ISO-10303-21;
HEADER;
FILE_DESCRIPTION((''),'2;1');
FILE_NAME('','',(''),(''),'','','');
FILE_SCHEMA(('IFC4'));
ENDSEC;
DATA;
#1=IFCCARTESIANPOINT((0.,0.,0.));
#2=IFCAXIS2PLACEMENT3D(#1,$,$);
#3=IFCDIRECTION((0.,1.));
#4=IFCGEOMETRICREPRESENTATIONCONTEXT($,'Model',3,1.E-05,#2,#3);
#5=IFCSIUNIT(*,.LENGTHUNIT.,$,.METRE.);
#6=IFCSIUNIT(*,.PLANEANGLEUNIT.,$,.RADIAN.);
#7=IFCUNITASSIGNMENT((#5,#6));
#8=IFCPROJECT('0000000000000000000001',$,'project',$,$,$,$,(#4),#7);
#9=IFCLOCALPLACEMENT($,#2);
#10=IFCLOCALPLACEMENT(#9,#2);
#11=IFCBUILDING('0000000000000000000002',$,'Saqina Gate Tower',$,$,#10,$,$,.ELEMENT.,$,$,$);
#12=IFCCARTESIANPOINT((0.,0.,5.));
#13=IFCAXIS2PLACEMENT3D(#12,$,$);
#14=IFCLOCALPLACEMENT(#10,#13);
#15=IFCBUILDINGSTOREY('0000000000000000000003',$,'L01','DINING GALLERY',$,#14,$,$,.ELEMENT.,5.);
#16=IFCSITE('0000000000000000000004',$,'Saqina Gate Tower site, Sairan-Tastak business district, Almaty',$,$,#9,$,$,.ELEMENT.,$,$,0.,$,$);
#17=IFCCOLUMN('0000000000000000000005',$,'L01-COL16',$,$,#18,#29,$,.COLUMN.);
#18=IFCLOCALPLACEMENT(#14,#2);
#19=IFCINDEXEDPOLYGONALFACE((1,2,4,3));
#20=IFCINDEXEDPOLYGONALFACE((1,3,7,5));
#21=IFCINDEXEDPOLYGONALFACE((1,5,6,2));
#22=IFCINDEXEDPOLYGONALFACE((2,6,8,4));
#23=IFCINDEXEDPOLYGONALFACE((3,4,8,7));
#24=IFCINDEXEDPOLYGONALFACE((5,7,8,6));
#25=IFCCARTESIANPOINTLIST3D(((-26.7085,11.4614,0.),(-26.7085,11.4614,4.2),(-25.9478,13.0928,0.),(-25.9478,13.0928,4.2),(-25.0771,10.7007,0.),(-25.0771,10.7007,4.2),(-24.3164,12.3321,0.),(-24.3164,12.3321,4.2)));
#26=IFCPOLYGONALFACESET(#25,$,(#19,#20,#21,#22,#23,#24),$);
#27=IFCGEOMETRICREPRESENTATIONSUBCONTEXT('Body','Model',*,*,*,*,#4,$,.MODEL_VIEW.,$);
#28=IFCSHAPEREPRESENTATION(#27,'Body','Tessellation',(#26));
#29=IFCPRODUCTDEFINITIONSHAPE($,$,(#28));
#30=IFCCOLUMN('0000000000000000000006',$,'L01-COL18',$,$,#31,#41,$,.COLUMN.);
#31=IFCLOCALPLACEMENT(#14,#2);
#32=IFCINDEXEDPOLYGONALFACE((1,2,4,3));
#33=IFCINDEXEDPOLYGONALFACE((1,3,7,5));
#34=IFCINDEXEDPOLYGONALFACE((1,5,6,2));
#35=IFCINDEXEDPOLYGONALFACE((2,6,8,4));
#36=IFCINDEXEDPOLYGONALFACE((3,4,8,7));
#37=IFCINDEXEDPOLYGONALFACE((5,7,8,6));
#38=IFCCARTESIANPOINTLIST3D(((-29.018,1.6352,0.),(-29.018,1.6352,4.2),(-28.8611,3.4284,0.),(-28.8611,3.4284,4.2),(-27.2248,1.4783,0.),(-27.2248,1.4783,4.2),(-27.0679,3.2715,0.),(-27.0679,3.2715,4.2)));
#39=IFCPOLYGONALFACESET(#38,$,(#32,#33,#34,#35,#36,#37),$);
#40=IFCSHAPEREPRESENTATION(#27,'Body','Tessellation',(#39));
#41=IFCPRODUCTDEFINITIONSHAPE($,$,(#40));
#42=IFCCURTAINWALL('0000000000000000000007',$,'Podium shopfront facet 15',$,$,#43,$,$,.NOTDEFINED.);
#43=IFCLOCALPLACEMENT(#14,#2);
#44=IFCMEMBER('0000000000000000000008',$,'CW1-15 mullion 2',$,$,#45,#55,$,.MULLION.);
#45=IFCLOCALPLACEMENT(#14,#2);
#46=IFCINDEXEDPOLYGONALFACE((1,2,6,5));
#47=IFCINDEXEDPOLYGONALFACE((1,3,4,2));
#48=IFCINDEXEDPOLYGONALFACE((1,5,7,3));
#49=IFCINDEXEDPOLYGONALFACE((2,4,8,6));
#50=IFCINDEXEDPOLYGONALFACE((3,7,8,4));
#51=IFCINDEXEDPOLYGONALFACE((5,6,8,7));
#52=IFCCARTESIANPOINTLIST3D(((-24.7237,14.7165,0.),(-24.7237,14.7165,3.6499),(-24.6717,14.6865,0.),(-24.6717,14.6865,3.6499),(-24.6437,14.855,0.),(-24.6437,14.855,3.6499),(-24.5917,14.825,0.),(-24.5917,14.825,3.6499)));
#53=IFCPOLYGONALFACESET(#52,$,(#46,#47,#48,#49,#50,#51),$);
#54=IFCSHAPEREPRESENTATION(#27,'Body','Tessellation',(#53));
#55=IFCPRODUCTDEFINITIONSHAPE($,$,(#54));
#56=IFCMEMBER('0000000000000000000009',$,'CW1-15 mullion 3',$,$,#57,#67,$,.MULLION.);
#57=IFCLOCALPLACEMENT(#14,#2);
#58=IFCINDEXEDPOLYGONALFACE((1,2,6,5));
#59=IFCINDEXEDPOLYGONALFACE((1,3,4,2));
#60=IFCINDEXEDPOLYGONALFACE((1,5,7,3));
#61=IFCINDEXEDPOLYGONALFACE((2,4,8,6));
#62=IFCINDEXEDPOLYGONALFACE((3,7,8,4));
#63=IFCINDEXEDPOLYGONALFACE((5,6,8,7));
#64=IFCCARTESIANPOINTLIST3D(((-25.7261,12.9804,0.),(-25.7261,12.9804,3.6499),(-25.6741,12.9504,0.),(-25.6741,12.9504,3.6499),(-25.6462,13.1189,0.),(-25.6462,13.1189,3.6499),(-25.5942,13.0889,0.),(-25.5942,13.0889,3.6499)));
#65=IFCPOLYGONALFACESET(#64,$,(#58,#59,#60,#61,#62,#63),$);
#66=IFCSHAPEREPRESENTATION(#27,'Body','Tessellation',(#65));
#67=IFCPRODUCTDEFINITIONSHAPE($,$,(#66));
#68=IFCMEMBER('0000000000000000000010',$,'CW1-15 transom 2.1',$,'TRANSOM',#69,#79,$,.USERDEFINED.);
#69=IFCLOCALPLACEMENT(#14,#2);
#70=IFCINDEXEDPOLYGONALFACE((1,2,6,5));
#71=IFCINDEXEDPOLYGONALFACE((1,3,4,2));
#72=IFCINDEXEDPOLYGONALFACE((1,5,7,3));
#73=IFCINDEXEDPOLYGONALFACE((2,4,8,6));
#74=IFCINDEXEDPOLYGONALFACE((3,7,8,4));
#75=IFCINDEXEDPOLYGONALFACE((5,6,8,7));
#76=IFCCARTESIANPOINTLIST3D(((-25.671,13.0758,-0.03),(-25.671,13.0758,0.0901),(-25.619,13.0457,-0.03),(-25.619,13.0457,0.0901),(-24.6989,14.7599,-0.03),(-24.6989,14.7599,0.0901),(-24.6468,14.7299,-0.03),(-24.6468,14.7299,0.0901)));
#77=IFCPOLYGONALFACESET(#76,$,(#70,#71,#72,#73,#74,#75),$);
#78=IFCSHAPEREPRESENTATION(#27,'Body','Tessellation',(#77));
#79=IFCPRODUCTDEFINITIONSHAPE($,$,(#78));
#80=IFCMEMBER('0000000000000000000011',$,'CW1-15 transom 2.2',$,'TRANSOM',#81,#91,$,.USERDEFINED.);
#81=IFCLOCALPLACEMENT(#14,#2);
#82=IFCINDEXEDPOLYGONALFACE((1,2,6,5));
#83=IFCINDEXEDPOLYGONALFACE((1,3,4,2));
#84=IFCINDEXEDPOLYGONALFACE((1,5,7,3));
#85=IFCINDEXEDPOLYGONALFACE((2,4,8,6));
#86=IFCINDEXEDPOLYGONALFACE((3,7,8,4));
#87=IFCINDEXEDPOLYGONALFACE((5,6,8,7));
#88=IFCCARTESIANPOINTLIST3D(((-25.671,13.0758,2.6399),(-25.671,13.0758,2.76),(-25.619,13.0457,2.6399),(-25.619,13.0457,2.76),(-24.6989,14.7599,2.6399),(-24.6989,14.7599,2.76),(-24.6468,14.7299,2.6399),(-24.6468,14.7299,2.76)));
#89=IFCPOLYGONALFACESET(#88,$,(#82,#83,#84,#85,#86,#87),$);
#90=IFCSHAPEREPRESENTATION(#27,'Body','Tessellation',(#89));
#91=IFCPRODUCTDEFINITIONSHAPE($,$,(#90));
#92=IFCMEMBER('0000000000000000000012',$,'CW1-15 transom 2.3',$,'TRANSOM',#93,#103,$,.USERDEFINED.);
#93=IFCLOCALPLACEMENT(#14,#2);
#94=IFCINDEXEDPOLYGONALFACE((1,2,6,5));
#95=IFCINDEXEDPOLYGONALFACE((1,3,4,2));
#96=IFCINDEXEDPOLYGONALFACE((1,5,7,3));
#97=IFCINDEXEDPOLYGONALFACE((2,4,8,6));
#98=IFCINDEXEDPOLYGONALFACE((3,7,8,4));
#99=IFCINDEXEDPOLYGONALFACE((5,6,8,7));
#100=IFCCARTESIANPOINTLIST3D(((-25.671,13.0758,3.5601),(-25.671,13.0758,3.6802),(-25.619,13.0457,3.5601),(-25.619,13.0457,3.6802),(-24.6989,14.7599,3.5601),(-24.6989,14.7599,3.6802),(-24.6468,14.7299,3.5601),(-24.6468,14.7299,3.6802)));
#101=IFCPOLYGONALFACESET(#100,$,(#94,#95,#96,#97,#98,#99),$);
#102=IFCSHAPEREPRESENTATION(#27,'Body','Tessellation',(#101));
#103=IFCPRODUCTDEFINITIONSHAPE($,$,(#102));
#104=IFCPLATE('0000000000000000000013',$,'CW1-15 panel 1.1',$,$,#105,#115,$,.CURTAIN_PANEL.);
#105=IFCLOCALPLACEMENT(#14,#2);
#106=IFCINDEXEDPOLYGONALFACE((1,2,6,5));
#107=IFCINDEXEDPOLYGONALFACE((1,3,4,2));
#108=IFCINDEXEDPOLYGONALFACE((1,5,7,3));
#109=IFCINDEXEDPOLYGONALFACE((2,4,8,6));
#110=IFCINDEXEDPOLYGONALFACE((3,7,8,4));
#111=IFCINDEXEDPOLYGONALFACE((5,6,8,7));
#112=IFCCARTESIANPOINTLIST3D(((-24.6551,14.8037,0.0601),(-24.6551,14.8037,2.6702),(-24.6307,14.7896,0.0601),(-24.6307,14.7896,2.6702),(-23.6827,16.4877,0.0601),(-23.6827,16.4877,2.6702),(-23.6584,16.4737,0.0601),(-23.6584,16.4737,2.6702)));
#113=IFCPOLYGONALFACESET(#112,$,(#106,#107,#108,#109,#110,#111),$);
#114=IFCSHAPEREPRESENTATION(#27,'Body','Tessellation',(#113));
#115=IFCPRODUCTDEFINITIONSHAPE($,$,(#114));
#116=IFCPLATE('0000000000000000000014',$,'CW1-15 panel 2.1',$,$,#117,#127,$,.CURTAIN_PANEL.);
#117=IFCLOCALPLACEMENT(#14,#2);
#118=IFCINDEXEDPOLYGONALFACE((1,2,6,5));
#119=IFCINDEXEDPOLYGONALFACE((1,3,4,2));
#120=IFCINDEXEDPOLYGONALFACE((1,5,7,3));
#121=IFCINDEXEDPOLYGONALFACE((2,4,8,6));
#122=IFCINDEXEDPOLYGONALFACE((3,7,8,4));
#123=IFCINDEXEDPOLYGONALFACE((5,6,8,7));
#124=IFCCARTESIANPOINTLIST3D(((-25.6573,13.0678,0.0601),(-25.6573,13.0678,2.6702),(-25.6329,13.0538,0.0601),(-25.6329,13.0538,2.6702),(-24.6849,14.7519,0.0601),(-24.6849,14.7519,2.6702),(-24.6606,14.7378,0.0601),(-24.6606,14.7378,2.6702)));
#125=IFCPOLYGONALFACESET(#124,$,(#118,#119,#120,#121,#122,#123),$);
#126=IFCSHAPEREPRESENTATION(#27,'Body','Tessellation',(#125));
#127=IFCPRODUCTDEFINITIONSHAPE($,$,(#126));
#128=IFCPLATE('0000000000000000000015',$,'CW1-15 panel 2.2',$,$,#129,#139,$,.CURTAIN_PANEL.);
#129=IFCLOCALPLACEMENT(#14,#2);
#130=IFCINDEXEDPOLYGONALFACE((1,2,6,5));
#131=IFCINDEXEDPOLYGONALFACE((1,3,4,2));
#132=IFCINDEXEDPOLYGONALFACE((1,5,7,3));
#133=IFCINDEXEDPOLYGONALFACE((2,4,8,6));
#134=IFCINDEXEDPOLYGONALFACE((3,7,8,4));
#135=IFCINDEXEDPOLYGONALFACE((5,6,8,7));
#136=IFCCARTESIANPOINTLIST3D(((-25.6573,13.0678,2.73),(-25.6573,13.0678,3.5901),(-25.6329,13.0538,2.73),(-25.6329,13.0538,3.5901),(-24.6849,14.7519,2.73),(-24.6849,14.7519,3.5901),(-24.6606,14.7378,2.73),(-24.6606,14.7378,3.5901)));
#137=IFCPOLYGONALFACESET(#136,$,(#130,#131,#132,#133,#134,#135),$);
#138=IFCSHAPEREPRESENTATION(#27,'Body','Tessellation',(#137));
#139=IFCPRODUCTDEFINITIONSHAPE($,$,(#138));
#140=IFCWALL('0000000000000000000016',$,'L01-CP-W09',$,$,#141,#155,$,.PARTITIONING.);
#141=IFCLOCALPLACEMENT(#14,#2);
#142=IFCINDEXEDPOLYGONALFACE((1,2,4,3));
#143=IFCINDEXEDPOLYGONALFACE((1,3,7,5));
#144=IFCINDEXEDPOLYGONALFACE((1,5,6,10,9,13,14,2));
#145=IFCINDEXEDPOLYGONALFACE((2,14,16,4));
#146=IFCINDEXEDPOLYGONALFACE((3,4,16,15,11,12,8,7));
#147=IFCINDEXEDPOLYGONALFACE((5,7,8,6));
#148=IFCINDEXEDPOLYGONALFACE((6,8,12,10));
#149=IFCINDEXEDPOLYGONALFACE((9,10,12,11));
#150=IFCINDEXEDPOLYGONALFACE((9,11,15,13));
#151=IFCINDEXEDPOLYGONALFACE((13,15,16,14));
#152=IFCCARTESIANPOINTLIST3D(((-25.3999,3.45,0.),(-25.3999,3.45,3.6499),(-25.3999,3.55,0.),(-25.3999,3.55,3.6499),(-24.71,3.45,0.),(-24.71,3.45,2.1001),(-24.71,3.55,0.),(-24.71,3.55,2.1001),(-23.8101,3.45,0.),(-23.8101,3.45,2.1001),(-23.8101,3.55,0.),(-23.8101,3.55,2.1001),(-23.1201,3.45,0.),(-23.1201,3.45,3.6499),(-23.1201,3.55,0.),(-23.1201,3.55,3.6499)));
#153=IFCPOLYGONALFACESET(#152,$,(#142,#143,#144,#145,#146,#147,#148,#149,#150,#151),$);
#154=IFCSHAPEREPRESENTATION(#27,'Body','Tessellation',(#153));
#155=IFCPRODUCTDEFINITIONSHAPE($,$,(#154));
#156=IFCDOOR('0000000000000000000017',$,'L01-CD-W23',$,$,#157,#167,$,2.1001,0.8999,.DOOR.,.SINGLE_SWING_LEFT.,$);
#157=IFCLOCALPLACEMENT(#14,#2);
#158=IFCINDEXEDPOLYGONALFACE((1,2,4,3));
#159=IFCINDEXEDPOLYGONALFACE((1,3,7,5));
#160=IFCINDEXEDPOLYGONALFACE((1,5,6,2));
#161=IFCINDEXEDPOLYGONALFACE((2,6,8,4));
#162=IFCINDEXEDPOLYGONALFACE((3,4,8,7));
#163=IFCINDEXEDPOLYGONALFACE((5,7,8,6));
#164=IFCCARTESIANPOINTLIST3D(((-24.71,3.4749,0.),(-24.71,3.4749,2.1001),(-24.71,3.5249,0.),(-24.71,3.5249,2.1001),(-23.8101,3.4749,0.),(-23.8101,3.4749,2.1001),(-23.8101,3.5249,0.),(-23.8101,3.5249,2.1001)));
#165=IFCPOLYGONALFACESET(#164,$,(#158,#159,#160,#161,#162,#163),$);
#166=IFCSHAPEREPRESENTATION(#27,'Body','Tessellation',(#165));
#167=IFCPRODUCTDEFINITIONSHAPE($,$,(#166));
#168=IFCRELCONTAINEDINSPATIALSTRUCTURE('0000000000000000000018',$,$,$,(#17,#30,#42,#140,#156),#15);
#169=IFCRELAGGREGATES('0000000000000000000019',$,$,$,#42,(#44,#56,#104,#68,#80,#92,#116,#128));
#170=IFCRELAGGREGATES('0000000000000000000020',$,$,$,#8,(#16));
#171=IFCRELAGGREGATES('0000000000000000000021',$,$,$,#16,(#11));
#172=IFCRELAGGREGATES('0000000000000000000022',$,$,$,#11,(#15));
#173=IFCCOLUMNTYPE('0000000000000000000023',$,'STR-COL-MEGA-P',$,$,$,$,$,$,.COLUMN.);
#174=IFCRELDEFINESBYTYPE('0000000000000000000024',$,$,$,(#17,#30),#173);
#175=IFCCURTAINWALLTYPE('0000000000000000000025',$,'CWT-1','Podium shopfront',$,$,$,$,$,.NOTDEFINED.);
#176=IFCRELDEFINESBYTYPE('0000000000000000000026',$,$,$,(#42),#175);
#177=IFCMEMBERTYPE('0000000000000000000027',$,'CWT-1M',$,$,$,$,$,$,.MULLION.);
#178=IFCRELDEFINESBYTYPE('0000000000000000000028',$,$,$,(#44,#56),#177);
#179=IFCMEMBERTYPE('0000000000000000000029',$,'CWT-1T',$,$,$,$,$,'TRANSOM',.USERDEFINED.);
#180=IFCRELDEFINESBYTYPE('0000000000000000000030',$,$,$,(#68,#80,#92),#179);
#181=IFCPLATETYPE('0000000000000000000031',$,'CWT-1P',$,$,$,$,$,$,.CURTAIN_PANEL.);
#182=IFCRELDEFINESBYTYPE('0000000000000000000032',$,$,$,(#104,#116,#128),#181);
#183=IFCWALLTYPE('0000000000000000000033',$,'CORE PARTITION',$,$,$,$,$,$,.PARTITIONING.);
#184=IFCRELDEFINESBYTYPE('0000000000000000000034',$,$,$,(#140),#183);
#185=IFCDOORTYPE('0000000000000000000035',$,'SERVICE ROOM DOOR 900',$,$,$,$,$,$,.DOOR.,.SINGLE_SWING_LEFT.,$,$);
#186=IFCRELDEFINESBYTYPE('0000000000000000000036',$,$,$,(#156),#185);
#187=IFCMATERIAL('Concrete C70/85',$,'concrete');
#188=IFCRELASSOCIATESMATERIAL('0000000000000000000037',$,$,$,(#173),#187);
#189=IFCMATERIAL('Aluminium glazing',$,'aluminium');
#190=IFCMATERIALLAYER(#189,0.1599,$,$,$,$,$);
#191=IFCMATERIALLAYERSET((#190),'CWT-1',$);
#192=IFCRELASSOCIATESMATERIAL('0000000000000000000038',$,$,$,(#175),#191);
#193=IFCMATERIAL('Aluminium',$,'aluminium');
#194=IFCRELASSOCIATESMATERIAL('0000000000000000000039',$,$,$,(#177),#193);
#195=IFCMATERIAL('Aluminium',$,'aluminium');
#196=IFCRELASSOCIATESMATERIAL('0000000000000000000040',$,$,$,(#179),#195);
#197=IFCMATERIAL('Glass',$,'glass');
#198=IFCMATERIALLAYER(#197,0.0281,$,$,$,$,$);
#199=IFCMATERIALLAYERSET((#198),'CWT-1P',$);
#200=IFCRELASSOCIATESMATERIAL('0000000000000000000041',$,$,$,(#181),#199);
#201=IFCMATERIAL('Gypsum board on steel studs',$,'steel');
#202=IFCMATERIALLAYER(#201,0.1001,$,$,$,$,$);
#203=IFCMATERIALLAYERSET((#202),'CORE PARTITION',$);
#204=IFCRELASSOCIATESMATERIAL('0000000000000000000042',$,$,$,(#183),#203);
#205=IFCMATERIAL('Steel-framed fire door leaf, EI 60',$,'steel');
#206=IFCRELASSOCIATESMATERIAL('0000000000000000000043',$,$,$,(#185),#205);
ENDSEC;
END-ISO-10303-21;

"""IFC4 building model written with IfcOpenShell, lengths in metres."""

from ifc_helpers import new_model, si_unit, direction, frame, frame_2d, origin, origin_2d, place, context, subcontext, project, spatial, rectangle, extrude, material, layer, layer_set, material_profile, profile_set, type_object, element, fill, aggregate, save


model = new_model("IFC4")

# Units and contexts
model_context = context("Model", 3, precision=1e-05, world=origin(), true_north=direction((0.0, 1.0)))
body_context = subcontext(model_context, "Body", "Model", "MODEL_VIEW")
ifc_project = project(units=[si_unit("LENGTHUNIT", "METRE"), si_unit("PLANEANGLEUNIT", "RADIAN")], contexts=[model_context])

# Site, building, storey
site_placement = place(None, origin())
site = spatial("IfcSite", under=ifc_project, at=site_placement, Name="Saqina Gate Tower site, Sairan-Tastak business district, Almaty", CompositionType="ELEMENT", RefElevation=0.0)
building_placement = place(site_placement, origin())
building = spatial("IfcBuilding", under=site, at=building_placement, Name="Saqina Gate Tower", CompositionType="ELEMENT")
storey_placement = place(building_placement, frame((0.0, 0.0, 5.0)))
storey = spatial("IfcBuildingStorey", under=building, at=storey_placement, Name="L01", Description="DINING GALLERY", CompositionType="ELEMENT", Elevation=5.0)

# Columns
ifc_material_1 = material(Name="Concrete C70/85", Category="concrete")
ifc_material_profile_1 = material_profile(ifc_material_1, rectangle(XDim=1.8, YDim=1.8, at=origin_2d()), Name="RC 1800x1800")
ifc_profile_set_1 = profile_set([ifc_material_profile_1], Name="Concrete C70/85")
column_type = type_object("IfcColumnType", Name="STR-COL-MEGA-P", PredefinedType="COLUMN", material=ifc_profile_set_1)
for number, where, z_axis, x_axis, name in (
    (1, (-25.5125, 11.8967, 0.0), (0.0, 0.0, 1.0), (-0.906308, 0.422618, 0.0), "L01-COL16"),
    (2, (-28.043, 2.4534, 0.0), (0.0, 0.0, 1.0), (-0.996195, 0.087156, 0.0), "L01-COL18"),
):
    element("IfcColumn", number, at=place(storey_placement, frame(where, z_axis=z_axis, x_axis=x_axis)), inside=storey, type_object=column_type, Name=name, PredefinedType="COLUMN", context=body_context, shape_type="SweptSolid", body=[
        extrude(rectangle(XDim=1.8, YDim=1.8, at=origin_2d()), origin(), (0.0, 0.0, 1.0), 4.2),
    ])

# Curtain wall, members, plates
ifc_material_2 = material(Name="Aluminium glazing", Category="aluminium")
ifc_layer_1 = layer(ifc_material_2, 0.1599)
ifc_layer_set_1 = layer_set([ifc_layer_1], Name="CWT-1")
curtain_wall_type = type_object("IfcCurtainWallType", Name="CWT-1", Description="Podium shopfront", PredefinedType="NOTDEFINED", material=ifc_layer_set_1)
curtain_wall_placement = place(storey_placement, origin())
curtain_wall = element("IfcCurtainWall", 3, at=curtain_wall_placement, inside=storey, type_object=curtain_wall_type, Name="Podium shopfront facet 15", PredefinedType="NOTDEFINED")
ifc_material_3 = material(Name="Aluminium", Category="aluminium")
ifc_material_profile_2 = material_profile(ifc_material_3, rectangle(XDim=0.0601, YDim=0.1599, at=origin_2d()), Name="Aluminium 60x160")
ifc_profile_set_2 = profile_set([ifc_material_profile_2], Name="Aluminium")
member_type_1 = type_object("IfcMemberType", Name="CWT-1M", PredefinedType="MULLION", material=ifc_profile_set_2)
member_1_placement = place(storey_placement, frame((-24.6577, 14.7708, 0.0), z_axis=(0.0, 0.0, 1.0), x_axis=(0.866017, -0.500014, 0.0)))
member_1 = element("IfcMember", 4, at=member_1_placement, type_object=member_type_1, Name="CW1-15 mullion 2", PredefinedType="MULLION", context=body_context, shape_type="SweptSolid", body=[
    extrude(rectangle(XDim=0.0601, YDim=0.1599, at=origin_2d()), origin(), (0.0, 0.0, 1.0), 3.6499),
])
member_2_placement = place(storey_placement, frame((-25.6602, 13.0347, 0.0), z_axis=(0.0, 0.0, 1.0), x_axis=(0.866017, -0.500014, 0.0)))
member_2 = element("IfcMember", 5, at=member_2_placement, type_object=member_type_1, Name="CW1-15 mullion 3", PredefinedType="MULLION", context=body_context, shape_type="SweptSolid", body=[
    extrude(rectangle(XDim=0.0601, YDim=0.1599, at=origin_2d()), origin(), (0.0, 0.0, 1.0), 3.6499),
])
ifc_material_4 = material(Name="Aluminium", Category="aluminium")
ifc_material_profile_3 = material_profile(ifc_material_4, rectangle(XDim=0.0601, YDim=0.1201, at=origin_2d()), Name="Aluminium 60x120")
ifc_profile_set_3 = profile_set([ifc_material_profile_3], Name="Aluminium")
member_type_2 = type_object("IfcMemberType", Name="CWT-1T", ElementType="TRANSOM", PredefinedType="USERDEFINED", material=ifc_profile_set_3)
member_3_placement = place(storey_placement, frame((-24.6729, 14.7449, 0.03), z_axis=(-0.499947, -0.866056, 0.0), x_axis=(0.866056, -0.499947, 0.0)))
member_3 = element("IfcMember", 6, at=member_3_placement, type_object=member_type_2, Name="CW1-15 transom 2.1", ObjectType="TRANSOM", PredefinedType="USERDEFINED", context=body_context, shape_type="SweptSolid", body=[
    extrude(rectangle(XDim=0.0601, YDim=0.1201, at=origin_2d()), origin(), (0.0, 0.0, 1.0), 1.9446),
])
member_4_placement = place(storey_placement, frame((-24.6729, 14.7449, 2.7), z_axis=(-0.499947, -0.866056, 0.0), x_axis=(0.866056, -0.499947, 0.0)))
member_4 = element("IfcMember", 7, at=member_4_placement, type_object=member_type_2, Name="CW1-15 transom 2.2", ObjectType="TRANSOM", PredefinedType="USERDEFINED", context=body_context, shape_type="SweptSolid", body=[
    extrude(rectangle(XDim=0.0601, YDim=0.1201, at=origin_2d()), origin(), (0.0, 0.0, 1.0), 1.9446),
])
member_5_placement = place(storey_placement, frame((-24.6729, 14.7449, 3.6201), z_axis=(-0.499947, -0.866056, 0.0), x_axis=(0.866056, -0.499947, 0.0)))
member_5 = element("IfcMember", 8, at=member_5_placement, type_object=member_type_2, Name="CW1-15 transom 2.3", ObjectType="TRANSOM", PredefinedType="USERDEFINED", context=body_context, shape_type="SweptSolid", body=[
    extrude(rectangle(XDim=0.0601, YDim=0.1201, at=origin_2d()), origin(), (0.0, 0.0, 1.0), 1.9446),
])
ifc_material_5 = material(Name="Glass", Category="glass")
ifc_layer_2 = layer(ifc_material_5, 0.0281)
ifc_layer_set_2 = layer_set([ifc_layer_2], Name="CWT-1P")
plate_type = type_object("IfcPlateType", Name="CWT-1P", PredefinedType="CURTAIN_PANEL", material=ifc_layer_set_2)
plate_1_placement = place(storey_placement, frame((-24.1567, 15.6387, 0.0601), z_axis=(0.0, 0.0, 1.0), x_axis=(-0.500014, -0.866017, 0.0)))
plate_1 = element("IfcPlate", 9, at=plate_1_placement, type_object=plate_type, Name="CW1-15 panel 1.1", PredefinedType="CURTAIN_PANEL", context=body_context, shape_type="SweptSolid", body=[
    extrude(rectangle(XDim=1.9446, YDim=0.0281, at=origin_2d()), origin(), (0.0, 0.0, 1.0), 2.6101),
])
plate_2_placement = place(storey_placement, frame((-25.1589, 13.9028, 0.0601), z_axis=(0.0, 0.0, 1.0), x_axis=(-0.500014, -0.866017, 0.0)))
plate_2 = element("IfcPlate", 10, at=plate_2_placement, type_object=plate_type, Name="CW1-15 panel 2.1", PredefinedType="CURTAIN_PANEL", context=body_context, shape_type="SweptSolid", body=[
    extrude(rectangle(XDim=1.9446, YDim=0.0281, at=origin_2d()), origin(), (0.0, 0.0, 1.0), 2.6101),
])
plate_3_placement = place(storey_placement, frame((-25.1589, 13.9028, 2.73), z_axis=(0.0, 0.0, 1.0), x_axis=(-0.500014, -0.866017, 0.0)))
plate_3 = element("IfcPlate", 11, at=plate_3_placement, type_object=plate_type, Name="CW1-15 panel 2.2", PredefinedType="CURTAIN_PANEL", context=body_context, shape_type="SweptSolid", body=[
    extrude(rectangle(XDim=1.9446, YDim=0.0281, at=origin_2d()), origin(), (0.0, 0.0, 1.0), 0.8601),
])
aggregate(curtain_wall, [member_1, member_2, plate_1, member_3, member_4, member_5, plate_2, plate_3])

# Wall, opening, door
ifc_material_6 = material(Name="Gypsum board on steel studs", Category="steel")
ifc_layer_3 = layer(ifc_material_6, 0.1001)
ifc_layer_set_3 = layer_set([ifc_layer_3], Name="CORE PARTITION")
wall_type_1 = type_object("IfcWallType", Name="CORE PARTITION", PredefinedType="PARTITIONING", material=ifc_layer_set_3)
wall_1_placement = place(storey_placement, frame((-23.1201, 3.5, 0.0), z_axis=(0.0, 0.0, 1.0), x_axis=(-1.0, 0.0, 0.0)))
wall_1 = element("IfcWall", 12, at=wall_1_placement, inside=storey, type_object=wall_type_1, Name="L01-CP-W09", PredefinedType="PARTITIONING", context=body_context, shape_type="SweptSolid", body=[
    extrude(rectangle(XDim=2.2798, YDim=0.1001, at=frame_2d((1.1399, 0.0))), origin(), (0.0, 0.0, 1.0), 3.6499),
])
opening_1_placement = place(wall_1_placement, frame((0.6899, 0.0, 0.0)))
opening_1 = element("IfcOpeningElement", 13, at=opening_1_placement, cuts=wall_1, PredefinedType="OPENING", context=body_context, shape_type="SweptSolid", body=[
    extrude(rectangle(XDim=0.8999, YDim=2.1001, at=frame_2d((0.45, 1.05))), frame((0.0, 0.062, 0.0), z_axis=(0.0, -1.0, 0.0), x_axis=(1.0, 0.0, 0.0)), (0.0, 0.0, 1.0), 0.124),
])
ifc_material_7 = material(Name="Steel-framed fire door leaf, EI 60", Category="steel")
door_type_1 = type_object("IfcDoorType", Name="SERVICE ROOM DOOR 900", OperationType="SINGLE_SWING_LEFT", PredefinedType="DOOR", material=ifc_material_7)
door_1_placement = place(opening_1_placement, frame((0.8999, 0.0, 0.0), z_axis=(0.0, 0.0, 1.0), x_axis=(-1.0, 0.0, 0.0)))
door_1 = element("IfcDoor", 14, at=door_1_placement, inside=storey, type_object=door_type_1, Name="L01-CD-W23", OperationType="SINGLE_SWING_LEFT", OverallHeight=2.1001, OverallWidth=0.8999, PredefinedType="DOOR", context=body_context, shape_type="SweptSolid", body=[
    extrude(rectangle(XDim=0.8999, YDim=2.1001, at=frame_2d((0.45, 1.05))), frame((0.0, 0.0249, 0.0), z_axis=(0.0, -1.0, 0.0), x_axis=(1.0, 0.0, 0.0)), (0.0, 0.0, 1.0), 0.05),
])
fill(opening_1, door_1)

save(model, "model.ifc")
